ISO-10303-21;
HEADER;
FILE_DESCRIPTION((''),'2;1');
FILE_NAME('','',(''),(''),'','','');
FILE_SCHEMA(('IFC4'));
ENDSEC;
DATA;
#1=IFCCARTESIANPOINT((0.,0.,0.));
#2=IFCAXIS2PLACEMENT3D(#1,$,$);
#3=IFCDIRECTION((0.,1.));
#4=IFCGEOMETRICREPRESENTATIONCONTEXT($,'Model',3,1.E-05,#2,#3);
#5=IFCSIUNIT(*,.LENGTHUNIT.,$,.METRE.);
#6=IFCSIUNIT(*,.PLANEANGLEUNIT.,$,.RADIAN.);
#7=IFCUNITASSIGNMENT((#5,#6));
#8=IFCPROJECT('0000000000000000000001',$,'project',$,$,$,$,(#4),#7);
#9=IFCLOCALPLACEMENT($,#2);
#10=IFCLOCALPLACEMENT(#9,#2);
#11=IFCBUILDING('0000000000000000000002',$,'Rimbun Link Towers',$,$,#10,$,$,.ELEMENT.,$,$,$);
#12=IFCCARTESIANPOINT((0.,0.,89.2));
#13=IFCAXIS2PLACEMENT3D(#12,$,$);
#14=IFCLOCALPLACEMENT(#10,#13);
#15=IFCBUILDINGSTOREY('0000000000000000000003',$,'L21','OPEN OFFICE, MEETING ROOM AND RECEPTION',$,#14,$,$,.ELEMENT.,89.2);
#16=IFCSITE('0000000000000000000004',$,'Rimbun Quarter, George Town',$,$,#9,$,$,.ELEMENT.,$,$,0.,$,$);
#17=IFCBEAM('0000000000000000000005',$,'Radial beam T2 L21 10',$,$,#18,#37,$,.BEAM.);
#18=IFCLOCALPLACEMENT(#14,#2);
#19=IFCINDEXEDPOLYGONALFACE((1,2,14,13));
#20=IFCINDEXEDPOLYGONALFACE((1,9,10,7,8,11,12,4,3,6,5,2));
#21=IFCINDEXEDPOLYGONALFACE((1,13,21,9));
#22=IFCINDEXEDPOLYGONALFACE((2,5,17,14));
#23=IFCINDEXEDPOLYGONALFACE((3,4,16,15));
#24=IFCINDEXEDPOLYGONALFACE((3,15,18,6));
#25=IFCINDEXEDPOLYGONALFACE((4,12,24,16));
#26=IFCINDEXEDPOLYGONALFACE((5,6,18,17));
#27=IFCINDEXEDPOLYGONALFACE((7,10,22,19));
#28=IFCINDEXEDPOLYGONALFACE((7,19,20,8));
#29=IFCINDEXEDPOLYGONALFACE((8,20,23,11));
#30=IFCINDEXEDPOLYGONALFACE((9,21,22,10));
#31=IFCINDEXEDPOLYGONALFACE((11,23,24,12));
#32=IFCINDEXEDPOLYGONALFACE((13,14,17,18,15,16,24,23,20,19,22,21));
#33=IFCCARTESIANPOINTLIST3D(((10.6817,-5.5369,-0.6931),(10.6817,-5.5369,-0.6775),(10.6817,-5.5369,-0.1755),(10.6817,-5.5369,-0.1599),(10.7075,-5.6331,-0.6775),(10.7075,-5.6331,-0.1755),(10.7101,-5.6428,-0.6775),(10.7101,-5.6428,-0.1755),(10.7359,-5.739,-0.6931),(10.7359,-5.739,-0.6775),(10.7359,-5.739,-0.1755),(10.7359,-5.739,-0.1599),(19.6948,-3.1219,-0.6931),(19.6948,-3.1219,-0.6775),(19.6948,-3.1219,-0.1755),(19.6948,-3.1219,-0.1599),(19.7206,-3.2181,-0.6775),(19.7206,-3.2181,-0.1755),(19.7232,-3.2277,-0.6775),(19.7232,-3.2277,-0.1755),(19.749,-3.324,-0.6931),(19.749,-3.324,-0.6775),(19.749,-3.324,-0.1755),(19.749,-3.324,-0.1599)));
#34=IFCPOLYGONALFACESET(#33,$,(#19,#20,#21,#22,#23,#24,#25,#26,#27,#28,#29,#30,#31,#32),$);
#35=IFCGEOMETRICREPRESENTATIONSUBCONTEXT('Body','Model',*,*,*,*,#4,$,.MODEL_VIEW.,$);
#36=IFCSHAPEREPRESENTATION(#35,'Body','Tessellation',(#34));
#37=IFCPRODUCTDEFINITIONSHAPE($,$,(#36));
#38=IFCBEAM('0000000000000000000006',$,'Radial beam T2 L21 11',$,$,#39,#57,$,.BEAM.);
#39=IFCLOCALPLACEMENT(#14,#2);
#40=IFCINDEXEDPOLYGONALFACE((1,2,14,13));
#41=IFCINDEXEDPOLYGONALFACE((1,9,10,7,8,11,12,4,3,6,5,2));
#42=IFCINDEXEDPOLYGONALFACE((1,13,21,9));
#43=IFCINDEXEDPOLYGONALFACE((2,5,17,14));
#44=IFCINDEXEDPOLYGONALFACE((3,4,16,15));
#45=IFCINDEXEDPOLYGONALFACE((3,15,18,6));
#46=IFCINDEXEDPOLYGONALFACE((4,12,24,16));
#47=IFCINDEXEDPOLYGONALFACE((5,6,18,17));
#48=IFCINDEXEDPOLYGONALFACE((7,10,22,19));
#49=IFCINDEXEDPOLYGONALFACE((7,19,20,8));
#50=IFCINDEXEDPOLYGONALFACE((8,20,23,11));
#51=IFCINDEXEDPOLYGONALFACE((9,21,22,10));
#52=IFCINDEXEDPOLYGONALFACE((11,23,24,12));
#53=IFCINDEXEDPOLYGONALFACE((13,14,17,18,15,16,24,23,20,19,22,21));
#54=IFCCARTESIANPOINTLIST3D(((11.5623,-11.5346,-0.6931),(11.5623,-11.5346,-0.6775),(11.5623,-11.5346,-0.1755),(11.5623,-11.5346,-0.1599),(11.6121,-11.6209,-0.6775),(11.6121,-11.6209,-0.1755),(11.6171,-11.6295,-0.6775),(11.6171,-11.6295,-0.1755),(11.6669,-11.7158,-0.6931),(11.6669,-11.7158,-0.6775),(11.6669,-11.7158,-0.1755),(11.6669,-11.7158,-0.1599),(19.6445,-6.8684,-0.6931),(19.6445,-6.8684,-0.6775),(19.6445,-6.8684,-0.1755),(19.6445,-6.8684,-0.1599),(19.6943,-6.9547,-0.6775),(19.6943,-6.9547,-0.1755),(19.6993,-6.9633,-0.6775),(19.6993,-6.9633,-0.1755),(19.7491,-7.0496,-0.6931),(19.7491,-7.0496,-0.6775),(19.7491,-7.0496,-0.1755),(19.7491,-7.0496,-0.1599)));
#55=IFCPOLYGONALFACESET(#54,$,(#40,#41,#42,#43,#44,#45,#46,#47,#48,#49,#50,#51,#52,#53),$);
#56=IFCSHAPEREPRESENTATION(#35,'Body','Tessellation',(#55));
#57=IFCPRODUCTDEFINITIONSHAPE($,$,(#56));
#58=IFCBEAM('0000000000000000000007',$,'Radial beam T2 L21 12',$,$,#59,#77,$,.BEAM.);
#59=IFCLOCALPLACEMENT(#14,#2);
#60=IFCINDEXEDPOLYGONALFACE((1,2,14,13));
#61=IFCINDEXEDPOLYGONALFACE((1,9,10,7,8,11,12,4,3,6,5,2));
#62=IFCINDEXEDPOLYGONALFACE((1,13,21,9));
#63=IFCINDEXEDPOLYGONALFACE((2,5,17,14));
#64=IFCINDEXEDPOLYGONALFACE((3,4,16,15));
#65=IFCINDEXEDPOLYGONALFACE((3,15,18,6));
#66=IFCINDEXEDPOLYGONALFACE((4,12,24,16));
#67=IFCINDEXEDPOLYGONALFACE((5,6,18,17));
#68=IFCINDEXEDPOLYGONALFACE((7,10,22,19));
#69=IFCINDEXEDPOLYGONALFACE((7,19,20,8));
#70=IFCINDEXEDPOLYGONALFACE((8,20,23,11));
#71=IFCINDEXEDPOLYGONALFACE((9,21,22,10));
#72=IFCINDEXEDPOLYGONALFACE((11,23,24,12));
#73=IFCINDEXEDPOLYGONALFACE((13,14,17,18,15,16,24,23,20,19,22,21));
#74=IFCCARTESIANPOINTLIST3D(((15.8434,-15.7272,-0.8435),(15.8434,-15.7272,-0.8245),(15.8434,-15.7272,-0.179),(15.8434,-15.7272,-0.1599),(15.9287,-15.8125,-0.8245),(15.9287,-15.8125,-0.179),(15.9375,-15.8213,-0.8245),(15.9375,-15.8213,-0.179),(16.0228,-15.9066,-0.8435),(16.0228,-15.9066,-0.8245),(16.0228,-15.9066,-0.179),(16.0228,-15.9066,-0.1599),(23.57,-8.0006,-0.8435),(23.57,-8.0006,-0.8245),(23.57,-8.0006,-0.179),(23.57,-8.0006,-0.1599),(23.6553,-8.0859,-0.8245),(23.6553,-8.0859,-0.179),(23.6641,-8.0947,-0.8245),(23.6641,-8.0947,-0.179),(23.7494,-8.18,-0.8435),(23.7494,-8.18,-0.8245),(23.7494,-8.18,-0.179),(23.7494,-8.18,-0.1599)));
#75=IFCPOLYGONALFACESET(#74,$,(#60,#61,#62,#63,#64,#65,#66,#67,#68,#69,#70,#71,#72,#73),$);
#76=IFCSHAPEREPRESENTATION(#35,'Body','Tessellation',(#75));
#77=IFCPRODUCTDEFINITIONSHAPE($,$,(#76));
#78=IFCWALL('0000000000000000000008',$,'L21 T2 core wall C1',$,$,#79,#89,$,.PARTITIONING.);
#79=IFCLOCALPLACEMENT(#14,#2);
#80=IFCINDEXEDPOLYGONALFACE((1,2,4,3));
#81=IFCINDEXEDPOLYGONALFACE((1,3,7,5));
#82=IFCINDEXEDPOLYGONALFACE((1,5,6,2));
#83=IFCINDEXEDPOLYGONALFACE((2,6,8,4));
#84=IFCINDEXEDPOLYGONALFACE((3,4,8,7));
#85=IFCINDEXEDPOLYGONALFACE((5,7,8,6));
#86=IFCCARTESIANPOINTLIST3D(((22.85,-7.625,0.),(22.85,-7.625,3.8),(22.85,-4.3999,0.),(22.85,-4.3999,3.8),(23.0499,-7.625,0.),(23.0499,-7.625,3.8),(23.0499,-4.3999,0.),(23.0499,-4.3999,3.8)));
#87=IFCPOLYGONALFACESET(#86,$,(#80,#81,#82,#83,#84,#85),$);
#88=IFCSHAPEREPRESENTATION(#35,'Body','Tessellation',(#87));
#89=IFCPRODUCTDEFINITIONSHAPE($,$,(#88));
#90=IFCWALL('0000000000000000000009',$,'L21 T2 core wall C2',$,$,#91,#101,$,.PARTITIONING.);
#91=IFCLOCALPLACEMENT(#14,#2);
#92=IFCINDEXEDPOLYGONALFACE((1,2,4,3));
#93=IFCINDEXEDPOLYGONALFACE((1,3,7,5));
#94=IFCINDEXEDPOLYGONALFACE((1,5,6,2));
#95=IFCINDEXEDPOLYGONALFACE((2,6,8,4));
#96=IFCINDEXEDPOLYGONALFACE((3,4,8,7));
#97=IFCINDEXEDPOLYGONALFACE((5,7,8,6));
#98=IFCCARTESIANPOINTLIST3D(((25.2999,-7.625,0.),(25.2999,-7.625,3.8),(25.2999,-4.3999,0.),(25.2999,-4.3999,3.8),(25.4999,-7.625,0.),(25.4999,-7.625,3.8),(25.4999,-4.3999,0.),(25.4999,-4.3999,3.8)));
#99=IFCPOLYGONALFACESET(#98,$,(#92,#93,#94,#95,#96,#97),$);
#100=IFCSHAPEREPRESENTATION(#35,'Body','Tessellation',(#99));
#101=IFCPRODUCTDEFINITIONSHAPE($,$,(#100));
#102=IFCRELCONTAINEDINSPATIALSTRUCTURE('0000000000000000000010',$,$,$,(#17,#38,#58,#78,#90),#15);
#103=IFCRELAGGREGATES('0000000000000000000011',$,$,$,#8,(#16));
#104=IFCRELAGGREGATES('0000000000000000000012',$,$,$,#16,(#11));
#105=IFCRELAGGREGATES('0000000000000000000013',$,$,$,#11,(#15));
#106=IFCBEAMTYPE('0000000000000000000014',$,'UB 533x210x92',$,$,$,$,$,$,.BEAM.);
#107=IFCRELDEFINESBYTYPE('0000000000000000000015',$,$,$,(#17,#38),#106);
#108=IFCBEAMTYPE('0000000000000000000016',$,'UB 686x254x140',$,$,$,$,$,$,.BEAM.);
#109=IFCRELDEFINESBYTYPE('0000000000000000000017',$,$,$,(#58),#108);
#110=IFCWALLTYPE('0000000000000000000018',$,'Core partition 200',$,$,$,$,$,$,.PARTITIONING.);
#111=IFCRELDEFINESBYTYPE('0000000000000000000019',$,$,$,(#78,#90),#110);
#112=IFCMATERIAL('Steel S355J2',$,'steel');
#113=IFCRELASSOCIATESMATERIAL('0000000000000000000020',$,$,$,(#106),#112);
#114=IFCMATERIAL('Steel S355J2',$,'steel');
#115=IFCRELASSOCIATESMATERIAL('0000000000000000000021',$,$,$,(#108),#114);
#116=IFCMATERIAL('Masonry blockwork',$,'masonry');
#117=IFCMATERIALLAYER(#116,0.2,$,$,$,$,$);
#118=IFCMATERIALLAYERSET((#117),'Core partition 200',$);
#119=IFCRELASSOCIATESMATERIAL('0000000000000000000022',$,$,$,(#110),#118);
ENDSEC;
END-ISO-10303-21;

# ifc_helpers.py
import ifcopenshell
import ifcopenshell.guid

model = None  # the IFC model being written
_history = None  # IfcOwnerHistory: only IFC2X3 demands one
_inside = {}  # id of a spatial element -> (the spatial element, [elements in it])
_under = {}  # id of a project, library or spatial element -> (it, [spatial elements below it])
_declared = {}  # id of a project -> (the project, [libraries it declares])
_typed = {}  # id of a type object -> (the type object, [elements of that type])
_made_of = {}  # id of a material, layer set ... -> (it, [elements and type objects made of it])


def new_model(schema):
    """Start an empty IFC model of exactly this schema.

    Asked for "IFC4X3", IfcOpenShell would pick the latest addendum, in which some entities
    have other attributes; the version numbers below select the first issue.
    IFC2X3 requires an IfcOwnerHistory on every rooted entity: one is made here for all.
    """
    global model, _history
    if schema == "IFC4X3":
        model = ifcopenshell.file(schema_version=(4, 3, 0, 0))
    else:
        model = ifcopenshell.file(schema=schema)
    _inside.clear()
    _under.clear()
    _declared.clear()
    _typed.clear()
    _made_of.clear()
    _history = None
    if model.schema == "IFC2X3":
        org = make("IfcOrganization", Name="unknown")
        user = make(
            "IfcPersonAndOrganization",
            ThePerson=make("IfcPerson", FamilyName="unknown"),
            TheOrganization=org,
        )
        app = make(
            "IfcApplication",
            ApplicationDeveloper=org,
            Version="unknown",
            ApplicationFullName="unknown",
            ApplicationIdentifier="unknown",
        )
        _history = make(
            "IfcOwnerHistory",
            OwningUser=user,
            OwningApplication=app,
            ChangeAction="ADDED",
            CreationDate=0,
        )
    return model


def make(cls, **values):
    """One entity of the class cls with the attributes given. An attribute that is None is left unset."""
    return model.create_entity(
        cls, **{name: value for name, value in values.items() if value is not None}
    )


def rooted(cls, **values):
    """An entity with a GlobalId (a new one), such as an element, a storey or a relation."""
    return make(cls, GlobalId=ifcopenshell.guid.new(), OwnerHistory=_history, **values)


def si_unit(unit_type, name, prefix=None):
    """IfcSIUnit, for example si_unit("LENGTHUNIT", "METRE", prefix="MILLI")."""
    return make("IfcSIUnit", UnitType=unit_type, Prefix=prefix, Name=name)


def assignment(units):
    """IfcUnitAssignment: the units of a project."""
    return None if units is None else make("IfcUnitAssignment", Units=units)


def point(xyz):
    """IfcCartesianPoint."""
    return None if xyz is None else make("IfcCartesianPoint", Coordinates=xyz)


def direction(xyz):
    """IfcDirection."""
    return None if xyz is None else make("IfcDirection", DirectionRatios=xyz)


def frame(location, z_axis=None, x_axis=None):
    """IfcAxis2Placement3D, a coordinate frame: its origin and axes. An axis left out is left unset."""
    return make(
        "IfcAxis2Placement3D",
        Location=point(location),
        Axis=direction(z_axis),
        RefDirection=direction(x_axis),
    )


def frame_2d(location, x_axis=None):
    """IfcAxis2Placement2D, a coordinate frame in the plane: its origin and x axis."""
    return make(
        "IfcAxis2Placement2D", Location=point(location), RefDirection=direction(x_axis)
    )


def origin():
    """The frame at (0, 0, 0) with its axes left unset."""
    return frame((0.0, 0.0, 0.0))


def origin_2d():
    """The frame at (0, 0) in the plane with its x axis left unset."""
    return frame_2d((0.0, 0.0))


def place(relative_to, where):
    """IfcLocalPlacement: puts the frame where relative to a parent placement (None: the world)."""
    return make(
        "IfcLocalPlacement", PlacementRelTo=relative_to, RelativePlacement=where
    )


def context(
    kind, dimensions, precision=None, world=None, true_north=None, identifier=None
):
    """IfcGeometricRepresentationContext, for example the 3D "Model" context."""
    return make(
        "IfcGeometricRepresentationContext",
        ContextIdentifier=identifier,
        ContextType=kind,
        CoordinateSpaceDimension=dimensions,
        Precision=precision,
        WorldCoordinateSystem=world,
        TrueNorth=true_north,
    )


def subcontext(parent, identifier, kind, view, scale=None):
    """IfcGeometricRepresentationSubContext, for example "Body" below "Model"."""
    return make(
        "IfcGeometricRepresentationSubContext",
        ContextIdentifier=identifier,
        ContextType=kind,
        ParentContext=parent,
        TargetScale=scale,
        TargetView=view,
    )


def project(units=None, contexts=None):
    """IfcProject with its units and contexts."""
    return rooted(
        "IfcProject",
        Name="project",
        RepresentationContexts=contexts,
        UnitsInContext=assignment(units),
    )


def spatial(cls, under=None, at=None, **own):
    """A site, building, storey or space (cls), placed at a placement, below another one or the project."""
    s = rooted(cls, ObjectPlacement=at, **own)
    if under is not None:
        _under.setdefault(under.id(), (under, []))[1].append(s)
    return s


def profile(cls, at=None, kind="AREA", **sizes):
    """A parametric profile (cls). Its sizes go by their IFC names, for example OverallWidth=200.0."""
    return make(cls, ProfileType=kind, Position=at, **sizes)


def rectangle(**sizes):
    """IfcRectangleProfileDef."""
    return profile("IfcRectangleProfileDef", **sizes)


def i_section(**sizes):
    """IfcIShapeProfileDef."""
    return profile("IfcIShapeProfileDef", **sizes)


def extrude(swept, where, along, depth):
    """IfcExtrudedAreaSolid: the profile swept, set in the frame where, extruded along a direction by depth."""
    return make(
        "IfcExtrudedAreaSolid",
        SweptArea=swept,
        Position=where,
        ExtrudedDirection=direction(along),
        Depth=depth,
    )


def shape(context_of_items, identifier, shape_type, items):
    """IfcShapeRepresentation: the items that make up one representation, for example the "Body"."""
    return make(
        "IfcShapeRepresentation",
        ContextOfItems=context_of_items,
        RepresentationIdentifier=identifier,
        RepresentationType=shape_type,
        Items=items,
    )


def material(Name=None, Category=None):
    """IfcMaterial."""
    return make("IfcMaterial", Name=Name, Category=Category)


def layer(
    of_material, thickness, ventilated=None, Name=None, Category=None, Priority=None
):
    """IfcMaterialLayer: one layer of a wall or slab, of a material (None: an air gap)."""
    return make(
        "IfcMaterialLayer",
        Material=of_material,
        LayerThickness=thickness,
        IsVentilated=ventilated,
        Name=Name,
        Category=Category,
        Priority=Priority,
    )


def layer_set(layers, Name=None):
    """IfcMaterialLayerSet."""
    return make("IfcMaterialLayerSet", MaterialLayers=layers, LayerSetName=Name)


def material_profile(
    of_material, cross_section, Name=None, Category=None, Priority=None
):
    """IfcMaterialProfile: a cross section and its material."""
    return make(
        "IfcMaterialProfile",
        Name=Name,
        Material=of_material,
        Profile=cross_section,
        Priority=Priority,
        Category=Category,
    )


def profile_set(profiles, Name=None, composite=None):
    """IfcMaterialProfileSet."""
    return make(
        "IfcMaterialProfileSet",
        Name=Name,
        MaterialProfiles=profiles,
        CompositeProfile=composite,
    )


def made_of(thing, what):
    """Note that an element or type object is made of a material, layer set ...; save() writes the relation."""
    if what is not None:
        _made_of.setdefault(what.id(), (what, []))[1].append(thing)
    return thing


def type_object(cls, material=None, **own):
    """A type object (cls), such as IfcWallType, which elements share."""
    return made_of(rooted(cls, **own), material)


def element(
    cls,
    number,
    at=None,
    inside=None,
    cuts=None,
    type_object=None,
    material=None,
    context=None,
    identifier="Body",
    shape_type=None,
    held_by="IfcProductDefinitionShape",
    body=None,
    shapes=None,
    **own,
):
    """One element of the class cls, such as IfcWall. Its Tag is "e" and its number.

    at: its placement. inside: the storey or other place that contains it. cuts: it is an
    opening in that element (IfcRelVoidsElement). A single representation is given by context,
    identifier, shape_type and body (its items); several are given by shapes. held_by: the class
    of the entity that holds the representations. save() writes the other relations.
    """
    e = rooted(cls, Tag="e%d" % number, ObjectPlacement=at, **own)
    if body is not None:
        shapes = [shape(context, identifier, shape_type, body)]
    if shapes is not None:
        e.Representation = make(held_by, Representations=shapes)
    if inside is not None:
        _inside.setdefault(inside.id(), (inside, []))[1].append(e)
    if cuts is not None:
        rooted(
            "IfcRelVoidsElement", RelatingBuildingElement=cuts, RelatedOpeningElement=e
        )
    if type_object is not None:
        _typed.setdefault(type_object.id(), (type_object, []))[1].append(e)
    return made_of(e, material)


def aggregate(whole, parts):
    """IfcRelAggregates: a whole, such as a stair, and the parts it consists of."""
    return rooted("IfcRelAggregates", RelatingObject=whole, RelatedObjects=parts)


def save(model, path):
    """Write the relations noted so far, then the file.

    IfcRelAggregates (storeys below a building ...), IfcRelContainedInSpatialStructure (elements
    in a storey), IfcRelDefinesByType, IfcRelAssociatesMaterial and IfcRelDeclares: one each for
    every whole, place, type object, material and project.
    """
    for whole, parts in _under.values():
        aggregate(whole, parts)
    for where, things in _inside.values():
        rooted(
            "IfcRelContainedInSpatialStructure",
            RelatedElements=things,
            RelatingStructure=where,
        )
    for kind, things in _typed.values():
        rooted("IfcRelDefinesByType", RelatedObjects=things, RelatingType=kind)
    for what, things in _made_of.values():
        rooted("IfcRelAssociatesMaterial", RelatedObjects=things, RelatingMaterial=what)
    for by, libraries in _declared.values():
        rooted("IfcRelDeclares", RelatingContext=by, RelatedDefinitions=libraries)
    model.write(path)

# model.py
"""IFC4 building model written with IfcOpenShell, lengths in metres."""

from ifc_helpers import new_model, si_unit, direction, frame, frame_2d, origin, origin_2d, place, context, subcontext, project, spatial, rectangle, i_section, extrude, material, layer, layer_set, material_profile, profile_set, type_object, element, save


model = new_model("IFC4")

# Units and contexts
model_context = context("Model", 3, precision=1e-05, world=origin(), true_north=direction((0.0, 1.0)))
body_context = subcontext(model_context, "Body", "Model", "MODEL_VIEW")
ifc_project = project(units=[si_unit("LENGTHUNIT", "METRE"), si_unit("PLANEANGLEUNIT", "RADIAN")], contexts=[model_context])

# Site, building, storey
site_placement = place(None, origin())
site = spatial("IfcSite", under=ifc_project, at=site_placement, Name="Rimbun Quarter, George Town", CompositionType="ELEMENT", RefElevation=0.0)
building_placement = place(site_placement, origin())
building = spatial("IfcBuilding", under=site, at=building_placement, Name="Rimbun Link Towers", CompositionType="ELEMENT")
storey_placement = place(building_placement, frame((0.0, 0.0, 89.2)))
storey = spatial("IfcBuildingStorey", under=building, at=storey_placement, Name="L21", Description="OPEN OFFICE, MEETING ROOM AND RECEPTION", CompositionType="ELEMENT", Elevation=89.2)

# Beams
ifc_material_1 = material(Name="Steel S355J2", Category="steel")
ifc_material_profile_1 = material_profile(ifc_material_1, i_section(OverallWidth=0.2092, OverallDepth=0.5332, WebThickness=0.01, FlangeThickness=0.0156, at=origin_2d()), Name="UB 533x210x92")
ifc_profile_set_1 = profile_set([ifc_material_profile_1], Name="Steel S355J2")
beam_type_1 = type_object("IfcBeamType", Name="UB 533x210x92", PredefinedType="BEAM", material=ifc_profile_set_1)
beam_1_placement = place(storey_placement, frame((19.7219, -3.2229, -0.4265), z_axis=(-0.965927, -0.258815, 0.0), x_axis=(0.258815, -0.965927, 0.0)))
element("IfcBeam", 1, at=beam_1_placement, inside=storey, type_object=beam_type_1, Name="Radial beam T2 L21 10", PredefinedType="BEAM", context=body_context, shape_type="SweptSolid", body=[
    extrude(i_section(OverallWidth=0.2092, OverallDepth=0.5332, WebThickness=0.01, FlangeThickness=0.0156, at=origin_2d()), origin(), (0.0, 0.0, 1.0), 9.3311),
])
beam_2_placement = place(storey_placement, frame((19.6968, -6.959, -0.4265), z_axis=(-0.866027, -0.499996, 0.0), x_axis=(0.499996, -0.866027, 0.0)))
element("IfcBeam", 2, at=beam_2_placement, inside=storey, type_object=beam_type_1, Name="Radial beam T2 L21 11", PredefinedType="BEAM", context=body_context, shape_type="SweptSolid", body=[
    extrude(i_section(OverallWidth=0.2092, OverallDepth=0.5332, WebThickness=0.01, FlangeThickness=0.0156, at=origin_2d()), origin(), (0.0, 0.0, 1.0), 9.3325),
])
ifc_material_2 = material(Name="Steel S355J2", Category="steel")
ifc_material_profile_2 = material_profile(ifc_material_2, i_section(OverallWidth=0.2537, OverallDepth=0.6836, WebThickness=0.0125, FlangeThickness=0.019, at=origin_2d()), Name="UB 686x254x140")
ifc_profile_set_2 = profile_set([ifc_material_profile_2], Name="Steel S355J2")
beam_type_2 = type_object("IfcBeamType", Name="UB 686x254x140", PredefinedType="BEAM", material=ifc_profile_set_2)
beam_3_placement = place(storey_placement, frame((23.6597, -8.0903, -0.5017), z_axis=(-0.707107, -0.707107, 0.0), x_axis=(0.707107, -0.707107, 0.0)))
element("IfcBeam", 3, at=beam_3_placement, inside=storey, type_object=beam_type_2, Name="Radial beam T2 L21 12", PredefinedType="BEAM", context=body_context, shape_type="SweptSolid", body=[
    extrude(i_section(OverallWidth=0.2537, OverallDepth=0.6836, WebThickness=0.0125, FlangeThickness=0.019, at=origin_2d()), origin(), (0.0, 0.0, 1.0), 10.927),
])

# Walls
ifc_material_3 = material(Name="Masonry blockwork", Category="masonry")
ifc_layer_1 = layer(ifc_material_3, 0.2)
ifc_layer_set_1 = layer_set([ifc_layer_1], Name="Core partition 200")
wall_type_1 = type_object("IfcWallType", Name="Core partition 200", PredefinedType="PARTITIONING", material=ifc_layer_set_1)
for number, where, z_axis, x_axis, name in (
    (4, (22.95, -4.3999, 0.0), (0.0, 0.0, 1.0), (0.0, -1.0, 0.0), "L21 T2 core wall C1"),
    (5, (25.3999, -4.3999, 0.0), (0.0, 0.0, 1.0), (0.0, -1.0, 0.0), "L21 T2 core wall C2"),
):
    element("IfcWall", number, at=place(storey_placement, frame(where, z_axis=z_axis, x_axis=x_axis)), inside=storey, type_object=wall_type_1, Name=name, PredefinedType="PARTITIONING", context=body_context, shape_type="SweptSolid", body=[
        extrude(rectangle(XDim=3.2251, YDim=0.2, at=frame_2d((1.6125, 0.0))), origin(), (0.0, 0.0, 1.0), 3.8),
    ])

save(model, "model.ifc")
